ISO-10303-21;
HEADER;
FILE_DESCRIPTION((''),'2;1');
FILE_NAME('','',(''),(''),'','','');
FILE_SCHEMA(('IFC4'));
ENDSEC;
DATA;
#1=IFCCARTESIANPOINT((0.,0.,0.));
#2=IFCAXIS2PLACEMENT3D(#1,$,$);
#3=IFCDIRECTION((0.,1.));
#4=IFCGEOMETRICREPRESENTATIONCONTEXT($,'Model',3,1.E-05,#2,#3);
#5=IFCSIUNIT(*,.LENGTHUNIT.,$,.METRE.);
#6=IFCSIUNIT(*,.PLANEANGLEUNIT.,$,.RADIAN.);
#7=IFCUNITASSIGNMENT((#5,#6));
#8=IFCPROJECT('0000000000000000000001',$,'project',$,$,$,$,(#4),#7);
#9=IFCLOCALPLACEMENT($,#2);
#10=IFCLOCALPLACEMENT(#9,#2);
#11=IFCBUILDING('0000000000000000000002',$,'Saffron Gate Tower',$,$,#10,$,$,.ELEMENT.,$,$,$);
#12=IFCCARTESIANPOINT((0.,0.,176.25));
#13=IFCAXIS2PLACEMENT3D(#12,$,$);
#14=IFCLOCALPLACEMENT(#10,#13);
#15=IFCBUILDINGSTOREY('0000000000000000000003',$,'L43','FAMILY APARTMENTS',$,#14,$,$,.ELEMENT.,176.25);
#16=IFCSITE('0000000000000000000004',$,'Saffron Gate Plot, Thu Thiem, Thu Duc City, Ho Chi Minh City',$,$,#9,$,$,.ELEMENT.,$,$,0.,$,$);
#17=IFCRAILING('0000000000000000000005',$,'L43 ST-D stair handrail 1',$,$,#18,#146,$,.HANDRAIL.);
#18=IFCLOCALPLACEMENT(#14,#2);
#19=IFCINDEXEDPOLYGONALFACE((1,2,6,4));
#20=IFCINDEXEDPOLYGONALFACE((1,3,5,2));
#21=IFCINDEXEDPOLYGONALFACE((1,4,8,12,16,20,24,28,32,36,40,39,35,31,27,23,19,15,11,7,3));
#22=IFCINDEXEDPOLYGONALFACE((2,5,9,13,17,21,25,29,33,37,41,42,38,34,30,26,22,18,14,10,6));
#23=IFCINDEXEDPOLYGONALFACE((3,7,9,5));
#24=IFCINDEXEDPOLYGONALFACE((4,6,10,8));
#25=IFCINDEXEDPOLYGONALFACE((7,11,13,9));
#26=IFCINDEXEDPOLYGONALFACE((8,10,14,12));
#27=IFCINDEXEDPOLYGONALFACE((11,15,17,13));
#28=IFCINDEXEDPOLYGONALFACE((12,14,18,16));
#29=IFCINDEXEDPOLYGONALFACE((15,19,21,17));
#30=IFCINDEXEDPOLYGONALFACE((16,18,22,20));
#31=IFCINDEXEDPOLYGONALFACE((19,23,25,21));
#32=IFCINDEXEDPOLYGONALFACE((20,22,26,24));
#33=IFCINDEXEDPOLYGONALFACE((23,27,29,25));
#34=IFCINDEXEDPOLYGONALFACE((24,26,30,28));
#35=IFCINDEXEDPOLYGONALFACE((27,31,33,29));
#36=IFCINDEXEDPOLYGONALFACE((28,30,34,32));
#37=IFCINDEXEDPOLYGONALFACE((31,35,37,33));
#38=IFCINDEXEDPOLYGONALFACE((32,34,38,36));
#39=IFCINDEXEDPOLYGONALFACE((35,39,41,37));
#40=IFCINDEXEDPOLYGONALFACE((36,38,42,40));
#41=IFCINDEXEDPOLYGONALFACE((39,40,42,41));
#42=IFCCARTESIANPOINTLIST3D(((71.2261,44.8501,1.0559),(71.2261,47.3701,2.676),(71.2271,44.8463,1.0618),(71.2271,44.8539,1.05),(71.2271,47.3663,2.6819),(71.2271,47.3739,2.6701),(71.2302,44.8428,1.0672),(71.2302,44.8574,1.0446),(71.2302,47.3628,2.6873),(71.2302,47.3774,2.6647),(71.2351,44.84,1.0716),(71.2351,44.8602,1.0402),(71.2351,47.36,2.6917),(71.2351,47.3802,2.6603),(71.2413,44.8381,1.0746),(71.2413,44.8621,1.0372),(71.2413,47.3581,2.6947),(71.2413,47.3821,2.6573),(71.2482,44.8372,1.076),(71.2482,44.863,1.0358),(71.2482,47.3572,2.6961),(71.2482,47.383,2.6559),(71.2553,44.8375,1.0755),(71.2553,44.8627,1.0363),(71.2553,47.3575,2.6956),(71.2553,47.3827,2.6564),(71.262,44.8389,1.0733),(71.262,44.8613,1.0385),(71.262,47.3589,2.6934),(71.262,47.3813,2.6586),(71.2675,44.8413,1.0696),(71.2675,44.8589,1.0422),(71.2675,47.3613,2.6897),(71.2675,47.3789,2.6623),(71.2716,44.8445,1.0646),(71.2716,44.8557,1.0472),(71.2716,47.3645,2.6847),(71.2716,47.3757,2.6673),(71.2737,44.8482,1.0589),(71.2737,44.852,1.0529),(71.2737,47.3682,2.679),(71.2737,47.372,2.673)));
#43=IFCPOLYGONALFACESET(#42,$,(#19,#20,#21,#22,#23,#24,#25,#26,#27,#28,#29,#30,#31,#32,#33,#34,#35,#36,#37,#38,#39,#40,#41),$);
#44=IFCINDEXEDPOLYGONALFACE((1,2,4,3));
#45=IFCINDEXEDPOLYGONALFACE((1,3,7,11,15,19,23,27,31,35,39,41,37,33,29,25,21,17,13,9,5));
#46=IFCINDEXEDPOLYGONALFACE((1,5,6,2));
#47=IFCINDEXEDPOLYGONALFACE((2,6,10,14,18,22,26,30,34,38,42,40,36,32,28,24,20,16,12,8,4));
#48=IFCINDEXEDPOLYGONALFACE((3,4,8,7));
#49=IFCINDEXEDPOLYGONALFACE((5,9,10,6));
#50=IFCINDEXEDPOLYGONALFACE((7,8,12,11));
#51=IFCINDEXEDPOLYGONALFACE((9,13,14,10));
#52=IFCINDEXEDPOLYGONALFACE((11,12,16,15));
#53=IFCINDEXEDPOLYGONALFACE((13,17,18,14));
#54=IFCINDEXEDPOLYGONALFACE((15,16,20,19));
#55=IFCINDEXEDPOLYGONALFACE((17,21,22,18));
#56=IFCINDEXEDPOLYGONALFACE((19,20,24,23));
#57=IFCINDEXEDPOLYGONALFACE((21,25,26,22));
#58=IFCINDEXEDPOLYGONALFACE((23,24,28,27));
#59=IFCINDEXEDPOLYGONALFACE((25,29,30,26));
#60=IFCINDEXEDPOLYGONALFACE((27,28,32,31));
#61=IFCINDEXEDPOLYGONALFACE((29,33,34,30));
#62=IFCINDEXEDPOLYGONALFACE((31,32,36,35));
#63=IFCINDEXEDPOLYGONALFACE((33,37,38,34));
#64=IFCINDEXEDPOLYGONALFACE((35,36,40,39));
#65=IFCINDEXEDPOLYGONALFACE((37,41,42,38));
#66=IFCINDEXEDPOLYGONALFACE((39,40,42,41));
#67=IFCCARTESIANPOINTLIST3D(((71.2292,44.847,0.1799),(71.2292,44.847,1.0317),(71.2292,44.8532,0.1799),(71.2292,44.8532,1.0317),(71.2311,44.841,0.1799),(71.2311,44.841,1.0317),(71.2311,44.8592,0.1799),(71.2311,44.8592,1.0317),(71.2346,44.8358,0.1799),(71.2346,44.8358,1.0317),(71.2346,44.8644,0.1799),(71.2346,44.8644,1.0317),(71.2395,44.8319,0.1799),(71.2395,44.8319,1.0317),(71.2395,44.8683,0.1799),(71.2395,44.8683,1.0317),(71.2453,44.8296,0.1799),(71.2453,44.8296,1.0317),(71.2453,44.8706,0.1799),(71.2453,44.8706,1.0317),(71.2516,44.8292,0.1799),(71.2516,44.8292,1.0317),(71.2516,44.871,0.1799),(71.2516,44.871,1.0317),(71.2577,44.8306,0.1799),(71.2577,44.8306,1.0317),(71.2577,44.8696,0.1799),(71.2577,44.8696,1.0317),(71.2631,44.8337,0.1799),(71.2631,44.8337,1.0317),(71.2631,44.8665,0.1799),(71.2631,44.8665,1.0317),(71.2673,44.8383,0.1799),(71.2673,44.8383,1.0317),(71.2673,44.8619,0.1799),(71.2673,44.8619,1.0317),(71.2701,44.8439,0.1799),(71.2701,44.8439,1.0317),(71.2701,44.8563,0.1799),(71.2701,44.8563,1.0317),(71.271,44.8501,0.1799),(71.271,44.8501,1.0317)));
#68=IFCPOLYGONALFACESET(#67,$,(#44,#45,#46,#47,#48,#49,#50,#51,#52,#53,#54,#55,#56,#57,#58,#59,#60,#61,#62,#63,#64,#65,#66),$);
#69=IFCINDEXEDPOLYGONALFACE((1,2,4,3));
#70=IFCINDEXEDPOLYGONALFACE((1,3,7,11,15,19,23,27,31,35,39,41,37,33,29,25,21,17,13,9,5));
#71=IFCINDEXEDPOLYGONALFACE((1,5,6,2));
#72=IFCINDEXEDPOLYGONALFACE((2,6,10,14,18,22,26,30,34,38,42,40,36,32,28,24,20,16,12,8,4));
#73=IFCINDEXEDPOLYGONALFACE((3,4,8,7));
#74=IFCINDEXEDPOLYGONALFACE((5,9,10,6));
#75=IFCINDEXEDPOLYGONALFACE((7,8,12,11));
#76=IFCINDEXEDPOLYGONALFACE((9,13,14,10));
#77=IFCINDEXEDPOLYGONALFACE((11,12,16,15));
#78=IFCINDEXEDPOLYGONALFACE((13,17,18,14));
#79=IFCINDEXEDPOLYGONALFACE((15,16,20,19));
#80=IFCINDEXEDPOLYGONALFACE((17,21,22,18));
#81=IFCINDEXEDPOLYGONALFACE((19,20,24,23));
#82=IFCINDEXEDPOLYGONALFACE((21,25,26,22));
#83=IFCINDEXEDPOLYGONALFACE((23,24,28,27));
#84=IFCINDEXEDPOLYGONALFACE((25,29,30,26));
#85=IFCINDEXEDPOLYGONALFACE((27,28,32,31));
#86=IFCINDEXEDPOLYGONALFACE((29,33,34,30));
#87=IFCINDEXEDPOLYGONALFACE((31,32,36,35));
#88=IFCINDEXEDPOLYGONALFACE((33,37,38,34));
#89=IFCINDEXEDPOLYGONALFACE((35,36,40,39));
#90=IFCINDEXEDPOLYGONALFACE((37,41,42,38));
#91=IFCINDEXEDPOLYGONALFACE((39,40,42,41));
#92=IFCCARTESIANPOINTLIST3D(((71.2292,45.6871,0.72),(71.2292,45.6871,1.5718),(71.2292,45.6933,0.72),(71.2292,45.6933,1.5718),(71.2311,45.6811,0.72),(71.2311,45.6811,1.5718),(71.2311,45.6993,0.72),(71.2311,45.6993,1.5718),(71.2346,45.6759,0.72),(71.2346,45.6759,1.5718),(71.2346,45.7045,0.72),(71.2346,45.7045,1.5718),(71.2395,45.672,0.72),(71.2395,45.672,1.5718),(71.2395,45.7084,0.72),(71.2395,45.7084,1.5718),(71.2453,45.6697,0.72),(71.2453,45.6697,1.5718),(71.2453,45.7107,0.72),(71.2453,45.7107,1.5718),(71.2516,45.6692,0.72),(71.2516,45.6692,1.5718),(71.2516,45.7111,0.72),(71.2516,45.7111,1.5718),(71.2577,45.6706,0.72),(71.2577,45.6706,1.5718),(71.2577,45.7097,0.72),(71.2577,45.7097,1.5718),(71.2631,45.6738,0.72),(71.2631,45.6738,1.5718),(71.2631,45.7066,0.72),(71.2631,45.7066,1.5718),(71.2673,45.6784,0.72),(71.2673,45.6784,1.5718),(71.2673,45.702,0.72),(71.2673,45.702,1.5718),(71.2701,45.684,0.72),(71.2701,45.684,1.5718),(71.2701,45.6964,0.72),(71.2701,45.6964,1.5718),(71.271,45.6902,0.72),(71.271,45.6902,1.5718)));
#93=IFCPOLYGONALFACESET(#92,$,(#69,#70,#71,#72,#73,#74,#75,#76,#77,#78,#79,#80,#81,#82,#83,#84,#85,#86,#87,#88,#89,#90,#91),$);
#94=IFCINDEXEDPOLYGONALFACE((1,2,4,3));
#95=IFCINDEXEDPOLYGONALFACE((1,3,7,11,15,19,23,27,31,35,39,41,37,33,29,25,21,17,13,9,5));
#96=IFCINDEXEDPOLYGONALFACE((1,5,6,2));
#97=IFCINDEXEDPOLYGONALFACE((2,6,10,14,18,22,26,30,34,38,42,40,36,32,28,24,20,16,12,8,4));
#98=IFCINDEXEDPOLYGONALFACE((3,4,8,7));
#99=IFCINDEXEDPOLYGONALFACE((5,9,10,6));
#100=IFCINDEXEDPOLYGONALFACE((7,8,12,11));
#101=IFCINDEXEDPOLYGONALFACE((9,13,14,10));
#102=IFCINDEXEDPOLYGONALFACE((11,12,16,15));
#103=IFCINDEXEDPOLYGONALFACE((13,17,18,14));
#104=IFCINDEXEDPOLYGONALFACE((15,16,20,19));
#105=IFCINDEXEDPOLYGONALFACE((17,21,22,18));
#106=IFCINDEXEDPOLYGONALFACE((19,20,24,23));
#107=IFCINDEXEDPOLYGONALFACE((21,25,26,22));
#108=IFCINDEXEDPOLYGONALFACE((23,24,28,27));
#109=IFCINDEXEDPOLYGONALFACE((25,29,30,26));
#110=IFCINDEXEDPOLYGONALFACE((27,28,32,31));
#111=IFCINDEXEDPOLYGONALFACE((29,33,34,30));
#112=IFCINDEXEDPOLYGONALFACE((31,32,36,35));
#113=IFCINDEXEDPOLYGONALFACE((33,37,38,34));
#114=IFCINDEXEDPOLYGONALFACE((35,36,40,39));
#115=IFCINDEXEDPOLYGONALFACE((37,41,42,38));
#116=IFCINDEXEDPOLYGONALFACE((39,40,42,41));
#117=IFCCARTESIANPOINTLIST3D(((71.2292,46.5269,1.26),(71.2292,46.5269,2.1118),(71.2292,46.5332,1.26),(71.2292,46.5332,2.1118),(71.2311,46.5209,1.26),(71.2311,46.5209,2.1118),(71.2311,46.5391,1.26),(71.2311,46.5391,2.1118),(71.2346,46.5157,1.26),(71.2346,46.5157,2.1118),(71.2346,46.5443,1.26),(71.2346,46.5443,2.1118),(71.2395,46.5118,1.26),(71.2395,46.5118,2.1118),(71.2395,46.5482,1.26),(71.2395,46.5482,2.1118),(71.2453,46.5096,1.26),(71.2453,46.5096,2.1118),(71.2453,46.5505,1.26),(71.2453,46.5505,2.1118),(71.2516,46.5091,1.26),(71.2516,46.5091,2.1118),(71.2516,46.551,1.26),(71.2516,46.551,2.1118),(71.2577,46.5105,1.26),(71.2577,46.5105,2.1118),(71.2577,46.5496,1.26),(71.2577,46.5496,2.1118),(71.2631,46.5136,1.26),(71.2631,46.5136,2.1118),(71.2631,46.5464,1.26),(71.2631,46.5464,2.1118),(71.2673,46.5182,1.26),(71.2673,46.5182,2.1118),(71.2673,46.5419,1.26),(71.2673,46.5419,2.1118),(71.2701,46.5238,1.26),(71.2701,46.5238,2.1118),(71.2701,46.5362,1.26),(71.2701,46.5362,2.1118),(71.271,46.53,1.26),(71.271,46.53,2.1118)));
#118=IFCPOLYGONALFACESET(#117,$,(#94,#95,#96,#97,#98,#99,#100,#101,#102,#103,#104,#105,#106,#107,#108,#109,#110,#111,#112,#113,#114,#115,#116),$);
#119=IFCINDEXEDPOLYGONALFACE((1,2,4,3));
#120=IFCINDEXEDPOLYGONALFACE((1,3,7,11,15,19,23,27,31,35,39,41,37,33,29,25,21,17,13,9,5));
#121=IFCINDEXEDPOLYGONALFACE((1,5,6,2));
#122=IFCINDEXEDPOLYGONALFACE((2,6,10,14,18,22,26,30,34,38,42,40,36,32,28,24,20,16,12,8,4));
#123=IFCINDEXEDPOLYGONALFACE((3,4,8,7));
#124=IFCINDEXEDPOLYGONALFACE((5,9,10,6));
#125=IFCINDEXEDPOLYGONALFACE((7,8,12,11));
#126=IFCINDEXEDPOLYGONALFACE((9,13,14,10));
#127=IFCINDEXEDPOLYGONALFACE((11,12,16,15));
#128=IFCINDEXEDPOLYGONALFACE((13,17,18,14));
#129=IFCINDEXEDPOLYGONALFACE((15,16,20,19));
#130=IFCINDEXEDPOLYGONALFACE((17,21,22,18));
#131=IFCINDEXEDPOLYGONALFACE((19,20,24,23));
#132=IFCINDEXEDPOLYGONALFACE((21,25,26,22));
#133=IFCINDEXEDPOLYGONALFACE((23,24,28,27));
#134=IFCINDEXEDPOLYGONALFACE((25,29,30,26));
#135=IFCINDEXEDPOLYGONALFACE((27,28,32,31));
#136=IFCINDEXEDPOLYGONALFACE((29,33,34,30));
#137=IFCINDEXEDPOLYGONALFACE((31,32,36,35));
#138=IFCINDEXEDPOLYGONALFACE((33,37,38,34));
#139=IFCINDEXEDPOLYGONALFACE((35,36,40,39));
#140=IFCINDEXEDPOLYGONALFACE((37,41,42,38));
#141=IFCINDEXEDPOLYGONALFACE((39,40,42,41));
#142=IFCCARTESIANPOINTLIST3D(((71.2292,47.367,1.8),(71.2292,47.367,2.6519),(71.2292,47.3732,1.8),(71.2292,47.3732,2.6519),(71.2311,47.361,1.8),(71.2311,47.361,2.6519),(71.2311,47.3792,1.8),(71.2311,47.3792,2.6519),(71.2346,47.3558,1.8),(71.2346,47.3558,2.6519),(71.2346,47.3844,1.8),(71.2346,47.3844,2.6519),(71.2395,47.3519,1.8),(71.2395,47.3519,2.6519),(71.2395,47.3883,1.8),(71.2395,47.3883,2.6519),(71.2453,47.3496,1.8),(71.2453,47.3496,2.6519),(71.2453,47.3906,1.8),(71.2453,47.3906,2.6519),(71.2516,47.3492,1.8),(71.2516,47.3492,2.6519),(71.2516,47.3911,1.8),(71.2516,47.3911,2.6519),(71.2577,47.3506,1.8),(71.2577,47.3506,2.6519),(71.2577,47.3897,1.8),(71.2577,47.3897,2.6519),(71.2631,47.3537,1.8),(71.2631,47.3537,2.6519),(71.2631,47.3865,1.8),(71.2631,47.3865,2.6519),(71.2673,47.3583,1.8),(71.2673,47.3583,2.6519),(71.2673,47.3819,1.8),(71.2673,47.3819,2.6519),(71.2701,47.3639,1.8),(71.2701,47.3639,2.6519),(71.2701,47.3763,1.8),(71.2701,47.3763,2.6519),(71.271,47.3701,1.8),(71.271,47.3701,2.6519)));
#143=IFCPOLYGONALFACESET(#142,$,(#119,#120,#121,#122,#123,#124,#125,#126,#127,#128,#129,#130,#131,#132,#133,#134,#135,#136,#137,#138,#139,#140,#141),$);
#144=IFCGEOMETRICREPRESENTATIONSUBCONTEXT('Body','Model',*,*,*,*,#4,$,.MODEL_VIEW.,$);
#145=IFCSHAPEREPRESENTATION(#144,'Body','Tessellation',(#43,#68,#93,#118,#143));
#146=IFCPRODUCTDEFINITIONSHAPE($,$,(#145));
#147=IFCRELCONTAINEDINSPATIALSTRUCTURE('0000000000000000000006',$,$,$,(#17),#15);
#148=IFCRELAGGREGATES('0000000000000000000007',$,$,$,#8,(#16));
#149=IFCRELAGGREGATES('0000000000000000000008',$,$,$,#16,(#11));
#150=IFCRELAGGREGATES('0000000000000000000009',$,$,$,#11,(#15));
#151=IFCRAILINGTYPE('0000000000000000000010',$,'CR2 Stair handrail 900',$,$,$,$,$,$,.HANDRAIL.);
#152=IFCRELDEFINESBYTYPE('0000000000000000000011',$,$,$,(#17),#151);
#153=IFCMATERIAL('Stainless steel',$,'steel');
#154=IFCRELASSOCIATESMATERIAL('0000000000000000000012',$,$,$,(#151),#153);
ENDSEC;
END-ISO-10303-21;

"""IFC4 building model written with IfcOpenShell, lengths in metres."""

from ifc_helpers import new_model, si_unit, direction, frame, origin, origin_2d, place, context, subcontext, project, spatial, circle, extrude, material, type_object, element, save


model = new_model("IFC4")

# Units and contexts
model_context = context("Model", 3, precision=1e-05, world=origin(), true_north=direction((0.0, 1.0)))
body_context = subcontext(model_context, "Body", "Model", "MODEL_VIEW")
ifc_project = project(units=[si_unit("LENGTHUNIT", "METRE"), si_unit("PLANEANGLEUNIT", "RADIAN")], contexts=[model_context])

# Site, building, storey
site_placement = place(None, origin())
site = spatial("IfcSite", under=ifc_project, at=site_placement, Name="Saffron Gate Plot, Thu Thiem, Thu Duc City, Ho Chi Minh City", CompositionType="ELEMENT", RefElevation=0.0)
building_placement = place(site_placement, origin())
building = spatial("IfcBuilding", under=site, at=building_placement, Name="Saffron Gate Tower", CompositionType="ELEMENT")
storey_placement = place(building_placement, frame((0.0, 0.0, 176.25)))
storey = spatial("IfcBuildingStorey", under=building, at=storey_placement, Name="L43", Description="FAMILY APARTMENTS", CompositionType="ELEMENT", Elevation=176.25)

# Railing
ifc_material_1 = material(Name="Stainless steel", Category="steel")
railing_type_1 = type_object("IfcRailingType", Name="CR2 Stair handrail 900", PredefinedType="HANDRAIL", material=ifc_material_1)
railing_1_placement = place(storey_placement, frame((71.25, 44.8501, 0.1799)))
element("IfcRailing", 1, at=railing_1_placement, inside=storey, type_object=railing_type_1, Name="L43 ST-D stair handrail 1", PredefinedType="HANDRAIL", context=body_context, shape_type="SweptSolid", body=[
    extrude(circle(Radius=0.0239, at=origin_2d()), frame((0.0, 0.0, 0.876), z_axis=(0.0, 0.841163, 0.540782), x_axis=(-1.0, 0.0, 0.0)), (0.0, 0.0, 1.0), 2.9958),
    extrude(circle(Radius=0.021, at=origin_2d()), origin(), (0.0, 0.0, 1.0), 0.8518),
    extrude(circle(Radius=0.021, at=origin_2d()), frame((0.0, 0.8401, 0.54)), (0.0, 0.0, 1.0), 0.8518),
    extrude(circle(Radius=0.021, at=origin_2d()), frame((0.0, 1.6799, 1.0801)), (0.0, 0.0, 1.0), 0.8518),
    extrude(circle(Radius=0.021, at=origin_2d()), frame((0.0, 2.52, 1.6201)), (0.0, 0.0, 1.0), 0.8518),
])

save(model, "model.ifc")
